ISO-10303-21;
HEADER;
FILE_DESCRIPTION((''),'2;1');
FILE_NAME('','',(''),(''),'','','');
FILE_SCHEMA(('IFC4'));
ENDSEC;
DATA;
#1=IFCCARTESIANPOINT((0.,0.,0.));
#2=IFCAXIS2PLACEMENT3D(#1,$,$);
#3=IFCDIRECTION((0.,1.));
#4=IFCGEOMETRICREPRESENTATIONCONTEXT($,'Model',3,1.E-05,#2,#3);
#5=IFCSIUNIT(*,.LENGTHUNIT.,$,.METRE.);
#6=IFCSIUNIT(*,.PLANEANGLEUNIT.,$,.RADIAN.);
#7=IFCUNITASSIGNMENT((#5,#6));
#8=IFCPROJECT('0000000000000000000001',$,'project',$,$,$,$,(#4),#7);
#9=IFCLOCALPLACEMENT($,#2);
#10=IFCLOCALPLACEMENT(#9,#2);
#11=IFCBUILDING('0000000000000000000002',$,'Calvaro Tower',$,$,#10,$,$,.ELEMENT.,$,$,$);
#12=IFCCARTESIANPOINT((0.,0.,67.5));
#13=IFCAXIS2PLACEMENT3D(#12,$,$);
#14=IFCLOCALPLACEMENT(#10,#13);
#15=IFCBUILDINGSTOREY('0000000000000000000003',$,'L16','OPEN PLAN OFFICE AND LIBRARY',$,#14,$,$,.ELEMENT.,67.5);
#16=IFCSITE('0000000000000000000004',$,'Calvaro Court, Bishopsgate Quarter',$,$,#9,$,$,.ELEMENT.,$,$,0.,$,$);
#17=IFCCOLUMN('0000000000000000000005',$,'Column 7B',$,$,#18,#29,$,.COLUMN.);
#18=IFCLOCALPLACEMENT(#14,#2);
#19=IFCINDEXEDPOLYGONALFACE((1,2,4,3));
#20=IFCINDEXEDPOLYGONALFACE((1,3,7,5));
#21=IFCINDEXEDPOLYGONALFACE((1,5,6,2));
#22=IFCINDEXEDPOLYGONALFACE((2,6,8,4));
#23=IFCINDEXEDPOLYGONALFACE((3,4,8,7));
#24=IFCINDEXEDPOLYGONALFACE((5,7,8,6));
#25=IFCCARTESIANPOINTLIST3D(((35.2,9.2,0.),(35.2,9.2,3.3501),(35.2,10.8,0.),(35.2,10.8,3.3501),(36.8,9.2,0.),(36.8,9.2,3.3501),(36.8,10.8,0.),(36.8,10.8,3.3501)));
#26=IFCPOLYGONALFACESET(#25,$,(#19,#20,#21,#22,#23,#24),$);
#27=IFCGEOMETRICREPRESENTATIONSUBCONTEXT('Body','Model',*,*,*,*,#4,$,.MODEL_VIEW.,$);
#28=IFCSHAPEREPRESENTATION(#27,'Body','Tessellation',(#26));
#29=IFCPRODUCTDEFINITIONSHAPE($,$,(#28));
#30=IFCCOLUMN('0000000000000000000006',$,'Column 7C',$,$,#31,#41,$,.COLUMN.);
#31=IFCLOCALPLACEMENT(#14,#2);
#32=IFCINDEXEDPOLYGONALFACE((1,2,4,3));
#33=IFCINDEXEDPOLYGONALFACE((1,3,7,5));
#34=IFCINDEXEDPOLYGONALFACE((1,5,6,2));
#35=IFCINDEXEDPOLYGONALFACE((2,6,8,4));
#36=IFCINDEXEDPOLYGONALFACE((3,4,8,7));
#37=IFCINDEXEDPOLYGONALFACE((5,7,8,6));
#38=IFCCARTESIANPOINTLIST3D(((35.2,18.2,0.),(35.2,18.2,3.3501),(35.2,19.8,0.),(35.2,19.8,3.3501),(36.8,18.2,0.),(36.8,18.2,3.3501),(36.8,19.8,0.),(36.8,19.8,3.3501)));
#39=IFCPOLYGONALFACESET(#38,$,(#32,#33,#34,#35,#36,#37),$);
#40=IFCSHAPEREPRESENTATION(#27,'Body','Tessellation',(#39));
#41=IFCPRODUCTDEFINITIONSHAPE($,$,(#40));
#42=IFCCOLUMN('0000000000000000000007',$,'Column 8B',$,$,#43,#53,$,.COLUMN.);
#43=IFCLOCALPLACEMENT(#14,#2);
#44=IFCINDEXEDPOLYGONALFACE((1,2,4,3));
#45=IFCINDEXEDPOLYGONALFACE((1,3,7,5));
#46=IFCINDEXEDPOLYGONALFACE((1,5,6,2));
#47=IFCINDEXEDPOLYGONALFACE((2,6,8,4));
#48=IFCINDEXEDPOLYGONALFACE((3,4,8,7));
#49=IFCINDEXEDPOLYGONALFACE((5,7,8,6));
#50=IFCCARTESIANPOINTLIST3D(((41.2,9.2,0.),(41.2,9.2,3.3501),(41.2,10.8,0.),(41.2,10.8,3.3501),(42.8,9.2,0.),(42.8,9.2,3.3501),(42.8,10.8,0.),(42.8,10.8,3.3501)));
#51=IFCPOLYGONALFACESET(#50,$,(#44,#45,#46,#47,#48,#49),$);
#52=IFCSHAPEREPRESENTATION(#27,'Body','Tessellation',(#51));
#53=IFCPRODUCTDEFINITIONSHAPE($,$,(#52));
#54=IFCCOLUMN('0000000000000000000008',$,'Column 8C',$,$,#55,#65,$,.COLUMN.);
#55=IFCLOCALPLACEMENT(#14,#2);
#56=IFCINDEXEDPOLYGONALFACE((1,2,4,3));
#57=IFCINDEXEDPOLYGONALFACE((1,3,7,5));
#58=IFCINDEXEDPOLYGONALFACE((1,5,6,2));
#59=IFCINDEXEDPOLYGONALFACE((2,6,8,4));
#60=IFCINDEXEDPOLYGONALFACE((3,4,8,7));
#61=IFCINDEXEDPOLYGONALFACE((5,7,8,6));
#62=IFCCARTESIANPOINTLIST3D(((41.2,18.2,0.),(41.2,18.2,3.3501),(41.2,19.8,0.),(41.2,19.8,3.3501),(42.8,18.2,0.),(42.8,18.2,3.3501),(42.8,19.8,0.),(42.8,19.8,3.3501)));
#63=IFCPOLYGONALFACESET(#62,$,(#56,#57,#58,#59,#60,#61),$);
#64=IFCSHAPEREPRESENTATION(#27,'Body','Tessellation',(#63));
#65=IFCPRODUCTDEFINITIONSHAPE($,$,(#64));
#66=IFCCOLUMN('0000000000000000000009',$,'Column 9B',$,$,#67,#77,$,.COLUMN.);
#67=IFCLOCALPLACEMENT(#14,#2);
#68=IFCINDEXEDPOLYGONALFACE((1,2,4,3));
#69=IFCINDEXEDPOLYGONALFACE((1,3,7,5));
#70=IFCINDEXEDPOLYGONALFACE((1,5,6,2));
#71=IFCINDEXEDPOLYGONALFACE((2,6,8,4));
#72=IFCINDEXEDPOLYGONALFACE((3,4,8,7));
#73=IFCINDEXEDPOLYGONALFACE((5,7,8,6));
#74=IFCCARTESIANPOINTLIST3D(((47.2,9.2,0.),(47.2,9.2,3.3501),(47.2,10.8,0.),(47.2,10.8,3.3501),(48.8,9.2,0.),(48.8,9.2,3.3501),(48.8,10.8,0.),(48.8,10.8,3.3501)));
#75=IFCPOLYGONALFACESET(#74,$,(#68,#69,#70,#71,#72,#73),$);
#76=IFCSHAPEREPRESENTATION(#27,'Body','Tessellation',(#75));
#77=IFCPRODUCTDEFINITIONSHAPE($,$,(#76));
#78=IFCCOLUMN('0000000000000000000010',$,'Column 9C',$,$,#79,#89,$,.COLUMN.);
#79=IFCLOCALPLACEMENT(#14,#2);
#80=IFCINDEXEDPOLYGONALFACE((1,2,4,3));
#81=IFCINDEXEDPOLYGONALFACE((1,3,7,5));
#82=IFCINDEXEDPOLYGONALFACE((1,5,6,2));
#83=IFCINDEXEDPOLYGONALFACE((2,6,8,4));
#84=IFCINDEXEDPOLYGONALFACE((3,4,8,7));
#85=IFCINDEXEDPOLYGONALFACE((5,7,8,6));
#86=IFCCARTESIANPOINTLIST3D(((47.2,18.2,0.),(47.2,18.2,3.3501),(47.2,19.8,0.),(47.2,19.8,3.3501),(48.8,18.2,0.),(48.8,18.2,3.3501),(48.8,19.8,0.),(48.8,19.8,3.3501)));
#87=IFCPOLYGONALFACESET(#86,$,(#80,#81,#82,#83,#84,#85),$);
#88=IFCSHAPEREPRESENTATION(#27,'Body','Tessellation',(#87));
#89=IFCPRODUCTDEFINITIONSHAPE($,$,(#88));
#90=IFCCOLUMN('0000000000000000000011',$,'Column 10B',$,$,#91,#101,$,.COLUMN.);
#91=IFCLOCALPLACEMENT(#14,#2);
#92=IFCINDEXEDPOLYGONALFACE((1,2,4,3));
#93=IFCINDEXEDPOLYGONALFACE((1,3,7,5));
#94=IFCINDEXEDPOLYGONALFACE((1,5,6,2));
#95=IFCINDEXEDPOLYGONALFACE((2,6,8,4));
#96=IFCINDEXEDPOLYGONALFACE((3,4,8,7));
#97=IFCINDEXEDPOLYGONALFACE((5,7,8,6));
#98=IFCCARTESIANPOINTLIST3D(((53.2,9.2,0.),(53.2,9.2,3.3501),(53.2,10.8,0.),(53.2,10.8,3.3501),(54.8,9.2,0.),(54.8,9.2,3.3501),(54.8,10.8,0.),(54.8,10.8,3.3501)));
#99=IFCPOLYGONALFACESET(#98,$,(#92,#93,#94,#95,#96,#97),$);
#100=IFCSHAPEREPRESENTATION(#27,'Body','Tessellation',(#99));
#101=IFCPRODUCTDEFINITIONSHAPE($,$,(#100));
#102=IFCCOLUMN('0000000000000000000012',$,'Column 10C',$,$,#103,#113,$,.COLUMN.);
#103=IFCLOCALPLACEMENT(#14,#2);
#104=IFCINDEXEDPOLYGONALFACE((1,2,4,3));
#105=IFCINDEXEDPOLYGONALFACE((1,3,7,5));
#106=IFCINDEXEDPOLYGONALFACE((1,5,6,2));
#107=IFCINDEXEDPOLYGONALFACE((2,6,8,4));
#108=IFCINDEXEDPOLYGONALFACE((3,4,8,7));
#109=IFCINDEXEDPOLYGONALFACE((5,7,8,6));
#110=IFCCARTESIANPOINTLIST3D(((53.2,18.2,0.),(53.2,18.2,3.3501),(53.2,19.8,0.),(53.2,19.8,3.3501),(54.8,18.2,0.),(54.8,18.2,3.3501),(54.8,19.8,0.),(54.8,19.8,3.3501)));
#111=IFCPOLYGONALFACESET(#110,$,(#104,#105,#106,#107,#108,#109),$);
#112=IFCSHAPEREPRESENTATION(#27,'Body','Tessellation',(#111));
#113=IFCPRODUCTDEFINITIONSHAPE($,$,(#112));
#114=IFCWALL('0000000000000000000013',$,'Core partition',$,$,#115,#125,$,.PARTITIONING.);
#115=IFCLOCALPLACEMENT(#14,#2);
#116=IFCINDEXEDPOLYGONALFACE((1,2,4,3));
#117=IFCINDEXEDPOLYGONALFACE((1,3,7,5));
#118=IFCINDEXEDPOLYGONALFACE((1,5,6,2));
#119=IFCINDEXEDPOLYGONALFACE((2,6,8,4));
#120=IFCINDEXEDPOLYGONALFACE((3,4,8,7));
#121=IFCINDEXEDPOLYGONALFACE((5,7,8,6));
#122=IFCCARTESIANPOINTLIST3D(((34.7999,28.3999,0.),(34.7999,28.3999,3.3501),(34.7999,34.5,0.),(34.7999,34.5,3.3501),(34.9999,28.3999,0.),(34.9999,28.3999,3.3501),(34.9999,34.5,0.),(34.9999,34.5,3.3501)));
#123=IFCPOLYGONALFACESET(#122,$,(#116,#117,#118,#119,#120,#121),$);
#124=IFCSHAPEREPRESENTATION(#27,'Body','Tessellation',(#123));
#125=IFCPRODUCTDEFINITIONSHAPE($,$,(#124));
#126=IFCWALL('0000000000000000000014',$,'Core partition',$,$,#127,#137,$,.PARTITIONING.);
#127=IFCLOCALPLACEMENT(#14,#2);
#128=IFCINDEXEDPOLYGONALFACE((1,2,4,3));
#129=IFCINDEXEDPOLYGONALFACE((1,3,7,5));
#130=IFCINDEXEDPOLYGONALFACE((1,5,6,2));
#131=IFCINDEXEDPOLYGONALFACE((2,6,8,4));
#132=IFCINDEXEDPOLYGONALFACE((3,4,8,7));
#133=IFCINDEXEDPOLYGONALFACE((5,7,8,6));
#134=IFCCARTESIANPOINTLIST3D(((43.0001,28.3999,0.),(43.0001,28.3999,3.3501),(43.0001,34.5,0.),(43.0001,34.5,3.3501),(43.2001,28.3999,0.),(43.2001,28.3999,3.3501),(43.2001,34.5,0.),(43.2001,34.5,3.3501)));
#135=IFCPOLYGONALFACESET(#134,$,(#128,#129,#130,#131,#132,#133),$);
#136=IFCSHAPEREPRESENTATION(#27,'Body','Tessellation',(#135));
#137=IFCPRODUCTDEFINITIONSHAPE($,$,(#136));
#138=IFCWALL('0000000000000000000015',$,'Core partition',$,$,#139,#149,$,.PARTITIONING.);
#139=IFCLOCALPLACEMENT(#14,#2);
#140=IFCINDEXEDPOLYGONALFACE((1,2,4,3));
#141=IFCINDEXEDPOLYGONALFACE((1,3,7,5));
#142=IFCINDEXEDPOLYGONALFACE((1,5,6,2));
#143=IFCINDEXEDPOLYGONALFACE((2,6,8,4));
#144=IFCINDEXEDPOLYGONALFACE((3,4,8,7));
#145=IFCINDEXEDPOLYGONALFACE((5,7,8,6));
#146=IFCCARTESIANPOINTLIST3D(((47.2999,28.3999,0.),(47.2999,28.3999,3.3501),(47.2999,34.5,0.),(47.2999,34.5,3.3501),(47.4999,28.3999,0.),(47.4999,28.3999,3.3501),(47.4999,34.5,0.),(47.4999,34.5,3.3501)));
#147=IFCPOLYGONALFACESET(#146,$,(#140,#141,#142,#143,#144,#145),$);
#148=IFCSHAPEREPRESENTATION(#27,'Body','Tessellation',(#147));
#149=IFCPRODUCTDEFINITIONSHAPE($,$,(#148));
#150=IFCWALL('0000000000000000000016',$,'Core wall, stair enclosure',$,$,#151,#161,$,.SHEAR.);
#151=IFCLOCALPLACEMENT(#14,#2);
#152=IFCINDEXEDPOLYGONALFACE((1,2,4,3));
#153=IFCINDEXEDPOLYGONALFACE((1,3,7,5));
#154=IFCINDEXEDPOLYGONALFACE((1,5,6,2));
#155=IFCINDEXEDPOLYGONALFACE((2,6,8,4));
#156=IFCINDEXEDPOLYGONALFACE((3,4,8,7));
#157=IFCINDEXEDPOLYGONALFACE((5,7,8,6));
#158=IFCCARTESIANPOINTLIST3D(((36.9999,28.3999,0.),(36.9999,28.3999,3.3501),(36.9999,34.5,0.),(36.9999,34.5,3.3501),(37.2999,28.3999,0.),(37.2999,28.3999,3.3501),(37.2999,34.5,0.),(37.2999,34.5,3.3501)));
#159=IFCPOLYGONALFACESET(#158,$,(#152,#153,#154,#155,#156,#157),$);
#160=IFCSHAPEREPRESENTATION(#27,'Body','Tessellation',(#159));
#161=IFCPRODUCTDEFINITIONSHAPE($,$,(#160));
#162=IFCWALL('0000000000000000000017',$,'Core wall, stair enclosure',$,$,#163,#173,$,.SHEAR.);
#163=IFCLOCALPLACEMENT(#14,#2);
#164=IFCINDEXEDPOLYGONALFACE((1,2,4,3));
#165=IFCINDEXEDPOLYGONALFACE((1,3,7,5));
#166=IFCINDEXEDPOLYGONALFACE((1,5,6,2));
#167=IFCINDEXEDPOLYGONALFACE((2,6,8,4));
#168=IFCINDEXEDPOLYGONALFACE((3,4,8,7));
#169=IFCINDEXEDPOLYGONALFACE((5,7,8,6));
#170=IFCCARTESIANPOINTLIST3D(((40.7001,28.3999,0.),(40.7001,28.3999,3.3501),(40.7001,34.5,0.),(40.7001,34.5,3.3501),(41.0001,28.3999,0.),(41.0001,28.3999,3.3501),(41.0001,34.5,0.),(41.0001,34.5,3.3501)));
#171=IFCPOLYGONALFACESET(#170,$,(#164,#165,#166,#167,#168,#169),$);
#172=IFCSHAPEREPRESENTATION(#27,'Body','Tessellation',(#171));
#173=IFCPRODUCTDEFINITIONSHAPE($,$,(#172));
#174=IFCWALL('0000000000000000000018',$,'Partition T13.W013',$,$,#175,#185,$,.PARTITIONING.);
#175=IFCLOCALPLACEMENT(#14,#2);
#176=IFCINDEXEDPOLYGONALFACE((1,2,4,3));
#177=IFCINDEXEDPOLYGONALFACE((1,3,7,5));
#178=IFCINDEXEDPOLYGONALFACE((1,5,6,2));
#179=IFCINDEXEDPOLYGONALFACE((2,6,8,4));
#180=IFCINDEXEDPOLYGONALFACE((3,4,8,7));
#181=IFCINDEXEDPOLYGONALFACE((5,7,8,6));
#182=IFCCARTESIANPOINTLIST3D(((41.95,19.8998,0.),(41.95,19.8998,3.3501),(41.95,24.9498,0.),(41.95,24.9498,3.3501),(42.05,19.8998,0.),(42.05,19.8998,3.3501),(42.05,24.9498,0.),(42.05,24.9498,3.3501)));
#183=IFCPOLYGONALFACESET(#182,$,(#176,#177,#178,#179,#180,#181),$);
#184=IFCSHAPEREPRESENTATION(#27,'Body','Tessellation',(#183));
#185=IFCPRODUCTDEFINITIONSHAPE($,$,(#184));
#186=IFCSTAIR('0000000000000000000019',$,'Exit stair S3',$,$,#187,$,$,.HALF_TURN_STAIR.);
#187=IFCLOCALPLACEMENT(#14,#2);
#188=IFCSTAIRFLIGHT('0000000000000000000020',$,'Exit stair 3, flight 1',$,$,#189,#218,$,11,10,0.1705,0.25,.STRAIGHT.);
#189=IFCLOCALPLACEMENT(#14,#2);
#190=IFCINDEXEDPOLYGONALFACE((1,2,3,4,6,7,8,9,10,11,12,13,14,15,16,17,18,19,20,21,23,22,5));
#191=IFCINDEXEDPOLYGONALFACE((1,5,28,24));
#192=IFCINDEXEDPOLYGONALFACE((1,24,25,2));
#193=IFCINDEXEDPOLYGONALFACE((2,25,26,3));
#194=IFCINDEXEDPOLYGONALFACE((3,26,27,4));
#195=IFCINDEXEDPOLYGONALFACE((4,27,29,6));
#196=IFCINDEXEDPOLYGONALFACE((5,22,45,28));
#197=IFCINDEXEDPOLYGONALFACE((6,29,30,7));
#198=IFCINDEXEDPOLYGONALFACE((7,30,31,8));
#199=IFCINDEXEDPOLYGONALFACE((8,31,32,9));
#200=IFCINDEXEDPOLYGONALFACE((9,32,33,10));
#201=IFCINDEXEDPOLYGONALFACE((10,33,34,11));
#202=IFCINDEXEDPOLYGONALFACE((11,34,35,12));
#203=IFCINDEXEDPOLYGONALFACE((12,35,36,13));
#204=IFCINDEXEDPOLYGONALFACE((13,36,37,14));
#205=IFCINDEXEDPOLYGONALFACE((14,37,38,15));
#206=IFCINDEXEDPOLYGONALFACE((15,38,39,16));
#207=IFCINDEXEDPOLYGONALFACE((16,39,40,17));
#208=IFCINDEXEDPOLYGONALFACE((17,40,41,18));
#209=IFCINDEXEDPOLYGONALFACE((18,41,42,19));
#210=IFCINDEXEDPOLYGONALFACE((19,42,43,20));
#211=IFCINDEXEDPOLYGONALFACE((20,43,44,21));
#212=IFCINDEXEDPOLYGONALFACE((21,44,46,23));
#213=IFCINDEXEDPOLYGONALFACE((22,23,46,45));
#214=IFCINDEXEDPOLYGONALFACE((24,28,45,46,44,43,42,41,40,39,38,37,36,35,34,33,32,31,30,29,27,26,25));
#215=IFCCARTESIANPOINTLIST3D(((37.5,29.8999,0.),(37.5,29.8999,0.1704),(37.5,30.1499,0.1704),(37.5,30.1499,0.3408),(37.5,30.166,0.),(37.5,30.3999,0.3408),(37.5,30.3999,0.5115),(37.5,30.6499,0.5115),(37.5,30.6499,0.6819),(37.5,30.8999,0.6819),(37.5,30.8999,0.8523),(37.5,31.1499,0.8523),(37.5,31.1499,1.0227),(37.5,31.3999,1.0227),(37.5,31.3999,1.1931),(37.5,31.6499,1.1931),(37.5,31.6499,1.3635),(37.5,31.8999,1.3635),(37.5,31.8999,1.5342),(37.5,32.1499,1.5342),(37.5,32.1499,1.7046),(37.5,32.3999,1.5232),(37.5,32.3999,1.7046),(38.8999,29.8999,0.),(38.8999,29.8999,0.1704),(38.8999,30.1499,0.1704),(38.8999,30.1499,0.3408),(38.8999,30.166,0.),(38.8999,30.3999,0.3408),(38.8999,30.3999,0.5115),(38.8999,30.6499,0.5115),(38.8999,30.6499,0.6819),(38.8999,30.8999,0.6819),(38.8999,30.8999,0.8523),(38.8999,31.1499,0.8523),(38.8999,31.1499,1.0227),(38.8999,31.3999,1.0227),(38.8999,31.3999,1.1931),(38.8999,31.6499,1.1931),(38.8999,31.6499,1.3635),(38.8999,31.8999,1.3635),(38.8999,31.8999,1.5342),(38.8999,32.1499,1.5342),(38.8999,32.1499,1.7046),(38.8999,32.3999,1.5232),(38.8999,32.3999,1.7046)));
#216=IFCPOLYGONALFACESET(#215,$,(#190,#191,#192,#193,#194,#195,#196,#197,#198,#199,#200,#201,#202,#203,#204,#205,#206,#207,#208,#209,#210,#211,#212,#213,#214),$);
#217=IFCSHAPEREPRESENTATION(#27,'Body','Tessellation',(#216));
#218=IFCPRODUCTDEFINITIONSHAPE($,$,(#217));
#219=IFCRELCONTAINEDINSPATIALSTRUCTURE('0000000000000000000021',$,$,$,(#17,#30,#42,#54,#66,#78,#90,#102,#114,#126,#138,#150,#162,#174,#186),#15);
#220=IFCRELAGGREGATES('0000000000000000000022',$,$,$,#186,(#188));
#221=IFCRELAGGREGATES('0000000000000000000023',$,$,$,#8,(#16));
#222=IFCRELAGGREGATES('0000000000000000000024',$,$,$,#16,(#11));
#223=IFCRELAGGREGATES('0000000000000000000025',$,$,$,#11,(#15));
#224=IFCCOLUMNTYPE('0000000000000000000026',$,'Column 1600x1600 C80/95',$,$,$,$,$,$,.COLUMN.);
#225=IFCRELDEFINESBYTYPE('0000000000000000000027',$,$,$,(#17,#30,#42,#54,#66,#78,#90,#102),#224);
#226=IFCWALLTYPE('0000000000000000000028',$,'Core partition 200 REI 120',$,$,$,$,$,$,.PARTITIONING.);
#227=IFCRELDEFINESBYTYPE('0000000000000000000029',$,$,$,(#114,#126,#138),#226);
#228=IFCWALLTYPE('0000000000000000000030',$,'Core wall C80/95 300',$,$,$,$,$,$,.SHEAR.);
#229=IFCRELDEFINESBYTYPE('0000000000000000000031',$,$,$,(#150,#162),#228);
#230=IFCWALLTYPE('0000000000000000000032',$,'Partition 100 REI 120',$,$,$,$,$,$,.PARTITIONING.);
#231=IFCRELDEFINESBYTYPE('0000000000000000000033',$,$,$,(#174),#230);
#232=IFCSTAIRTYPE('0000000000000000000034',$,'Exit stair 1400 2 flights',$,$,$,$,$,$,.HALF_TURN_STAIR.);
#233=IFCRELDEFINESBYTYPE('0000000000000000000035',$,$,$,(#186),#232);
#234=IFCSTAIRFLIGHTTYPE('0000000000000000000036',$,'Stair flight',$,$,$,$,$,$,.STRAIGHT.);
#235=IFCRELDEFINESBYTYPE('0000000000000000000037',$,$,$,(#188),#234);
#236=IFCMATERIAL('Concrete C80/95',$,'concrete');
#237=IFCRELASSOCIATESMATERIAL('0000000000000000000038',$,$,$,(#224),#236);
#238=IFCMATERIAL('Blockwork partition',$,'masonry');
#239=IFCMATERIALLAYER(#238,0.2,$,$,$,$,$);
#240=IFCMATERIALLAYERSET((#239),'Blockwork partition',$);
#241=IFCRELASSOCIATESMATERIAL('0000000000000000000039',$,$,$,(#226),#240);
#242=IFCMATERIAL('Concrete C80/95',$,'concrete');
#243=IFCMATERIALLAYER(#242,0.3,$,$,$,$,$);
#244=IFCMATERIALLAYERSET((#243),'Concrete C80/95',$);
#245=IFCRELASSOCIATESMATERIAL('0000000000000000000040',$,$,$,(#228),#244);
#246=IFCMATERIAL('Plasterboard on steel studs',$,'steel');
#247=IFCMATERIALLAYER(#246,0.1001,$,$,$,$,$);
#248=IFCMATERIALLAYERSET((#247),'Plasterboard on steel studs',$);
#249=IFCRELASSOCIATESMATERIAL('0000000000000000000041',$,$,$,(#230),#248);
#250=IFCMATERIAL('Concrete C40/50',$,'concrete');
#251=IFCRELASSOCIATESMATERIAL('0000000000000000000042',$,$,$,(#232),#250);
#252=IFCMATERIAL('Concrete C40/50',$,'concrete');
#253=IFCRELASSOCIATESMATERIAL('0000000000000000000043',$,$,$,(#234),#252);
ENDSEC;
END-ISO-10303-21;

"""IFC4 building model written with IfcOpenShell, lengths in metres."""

from ifc_helpers import new_model, si_unit, direction, frame, frame_2d, origin, origin_2d, place, context, subcontext, project, spatial, polyline, rectangle, outline, extrude, material, layer, layer_set, material_profile, profile_set, type_object, element, aggregate, save


model = new_model("IFC4")

# Units and contexts
model_context = context("Model", 3, precision=1e-05, world=origin(), true_north=direction((0.0, 1.0)))
body_context = subcontext(model_context, "Body", "Model", "MODEL_VIEW")
ifc_project = project(units=[si_unit("LENGTHUNIT", "METRE"), si_unit("PLANEANGLEUNIT", "RADIAN")], contexts=[model_context])

# Site, building, storey
site_placement = place(None, origin())
site = spatial("IfcSite", under=ifc_project, at=site_placement, Name="Calvaro Court, Bishopsgate Quarter", CompositionType="ELEMENT", RefElevation=0.0)
building_placement = place(site_placement, origin())
building = spatial("IfcBuilding", under=site, at=building_placement, Name="Calvaro Tower", CompositionType="ELEMENT")
storey_placement = place(building_placement, frame((0.0, 0.0, 67.5)))
storey = spatial("IfcBuildingStorey", under=building, at=storey_placement, Name="L16", Description="OPEN PLAN OFFICE AND LIBRARY", CompositionType="ELEMENT", Elevation=67.5)

# Columns
ifc_material_1 = material(Name="Concrete C80/95", Category="concrete")
ifc_material_profile = material_profile(ifc_material_1, rectangle(XDim=1.6001, YDim=1.6001, at=origin_2d()), Name="RC 1600x1600")
ifc_profile_set = profile_set([ifc_material_profile], Name="Concrete C80/95")
column_type = type_object("IfcColumnType", Name="Column 1600x1600 C80/95", PredefinedType="COLUMN", material=ifc_profile_set)
for number, where, z_axis, x_axis, name in (
    (1, (36.0, 10.0, 0.0), (0.0, 0.0, 1.0), (1.0, 0.0, 0.0), "Column 7B"),
    (2, (36.0, 19.0, 0.0), (0.0, 0.0, 1.0), (1.0, 0.0, 0.0), "Column 7C"),
    (3, (42.0, 10.0, 0.0), (0.0, 0.0, 1.0), (1.0, 0.0, 0.0), "Column 8B"),
    (4, (42.0, 19.0, 0.0), (0.0, 0.0, 1.0), (1.0, 0.0, 0.0), "Column 8C"),
    (5, (48.0, 10.0, 0.0), (0.0, 0.0, 1.0), (1.0, 0.0, 0.0), "Column 9B"),
    (6, (48.0, 19.0, 0.0), (0.0, 0.0, 1.0), (1.0, 0.0, 0.0), "Column 9C"),
    (7, (54.0, 10.0, 0.0), (0.0, 0.0, 1.0), (1.0, 0.0, 0.0), "Column 10B"),
    (8, (54.0, 19.0, 0.0), (0.0, 0.0, 1.0), (1.0, 0.0, 0.0), "Column 10C"),
):
    element("IfcColumn", number, at=place(storey_placement, frame(where, z_axis=z_axis, x_axis=x_axis)), inside=storey, type_object=column_type, Name=name, PredefinedType="COLUMN", context=body_context, shape_type="SweptSolid", body=[
        extrude(rectangle(XDim=1.6001, YDim=1.6001, at=origin_2d()), origin(), (0.0, 0.0, 1.0), 3.3501),
    ])

# Walls
ifc_material_2 = material(Name="Blockwork partition", Category="masonry")
ifc_layer_1 = layer(ifc_material_2, 0.2)
ifc_layer_set_1 = layer_set([ifc_layer_1], Name="Blockwork partition")
wall_type_1 = type_object("IfcWallType", Name="Core partition 200 REI 120", PredefinedType="PARTITIONING", material=ifc_layer_set_1)
for number, where, z_axis, x_axis, name in (
    (9, (34.8999, 28.3999, 0.0), (0.0, 0.0, 1.0), (0.0, 1.0, 0.0), "Core partition"),
    (10, (43.1001, 28.3999, 0.0), (0.0, 0.0, 1.0), (0.0, 1.0, 0.0), "Core partition"),
    (11, (47.3999, 28.3999, 0.0), (0.0, 0.0, 1.0), (0.0, 1.0, 0.0), "Core partition"),
):
    element("IfcWall", number, at=place(storey_placement, frame(where, z_axis=z_axis, x_axis=x_axis)), inside=storey, type_object=wall_type_1, Name=name, PredefinedType="PARTITIONING", context=body_context, shape_type="SweptSolid", body=[
        extrude(rectangle(XDim=6.1001, YDim=0.2, at=frame_2d((3.05, 0.0))), origin(), (0.0, 0.0, 1.0), 3.3501),
    ])
ifc_material_3 = material(Name="Concrete C80/95", Category="concrete")
ifc_layer_2 = layer(ifc_material_3, 0.3)
ifc_layer_set_2 = layer_set([ifc_layer_2], Name="Concrete C80/95")
wall_type_2 = type_object("IfcWallType", Name="Core wall C80/95 300", PredefinedType="SHEAR", material=ifc_layer_set_2)
for number, where, z_axis, x_axis, name in (
    (12, (37.1499, 28.3999, 0.0), (0.0, 0.0, 1.0), (0.0, 1.0, 0.0), "Core wall, stair enclosure"),
    (13, (40.8501, 28.3999, 0.0), (0.0, 0.0, 1.0), (0.0, 1.0, 0.0), "Core wall, stair enclosure"),
):
    element("IfcWall", number, at=place(storey_placement, frame(where, z_axis=z_axis, x_axis=x_axis)), inside=storey, type_object=wall_type_2, Name=name, PredefinedType="SHEAR", context=body_context, shape_type="SweptSolid", body=[
        extrude(rectangle(XDim=6.1001, YDim=0.3, at=frame_2d((3.05, 0.0))), origin(), (0.0, 0.0, 1.0), 3.3501),
    ])
ifc_material_4 = material(Name="Plasterboard on steel studs", Category="steel")
ifc_layer_3 = layer(ifc_material_4, 0.1001)
ifc_layer_set_3 = layer_set([ifc_layer_3], Name="Plasterboard on steel studs")
wall_type_3 = type_object("IfcWallType", Name="Partition 100 REI 120", PredefinedType="PARTITIONING", material=ifc_layer_set_3)
wall_placement = place(storey_placement, frame((42.0, 19.8999, 0.0), z_axis=(0.0, 0.0, 1.0), x_axis=(0.0, 1.0, 0.0)))
element("IfcWall", 14, at=wall_placement, inside=storey, type_object=wall_type_3, Name="Partition T13.W013", PredefinedType="PARTITIONING", context=body_context, shape_type="SweptSolid", body=[
    extrude(rectangle(XDim=5.05, YDim=0.1001, at=frame_2d((2.5249, 0.0))), origin(), (0.0, 0.0, 1.0), 3.3501),
])

# Stair, stair flight
ifc_material_5 = material(Name="Concrete C40/50", Category="concrete")
stair_type = type_object("IfcStairType", Name="Exit stair 1400 2 flights", PredefinedType="HALF_TURN_STAIR", material=ifc_material_5)
stair_1_placement = place(storey_placement, origin())
stair_1 = element("IfcStair", 15, at=stair_1_placement, inside=storey, type_object=stair_type, Name="Exit stair S3", PredefinedType="HALF_TURN_STAIR")
ifc_material_6 = material(Name="Concrete C40/50", Category="concrete")
stair_flight_type = type_object("IfcStairFlightType", Name="Stair flight", PredefinedType="STRAIGHT", material=ifc_material_6)
stair_flight_1_placement = place(storey_placement, frame((38.2, 29.8999, 0.0), z_axis=(0.0, 0.0, 1.0), x_axis=(0.0, 1.0, 0.0)))
stair_flight_1 = element("IfcStairFlight", 16, at=stair_flight_1_placement, type_object=stair_flight_type, Name="Exit stair 3, flight 1", NumberOfRisers=11, NumberOfTreads=10, PredefinedType="STRAIGHT", RiserHeight=0.1705, TreadLength=0.25, context=body_context, shape_type="SweptSolid", body=[
    extrude(outline(polyline([(0.0, 0.0), (0.0, 0.1704), (0.25, 0.1704), (0.25, 0.3408), (0.5, 0.3408), (0.5, 0.5115), (0.75, 0.5115), (0.75, 0.6819), (1.0, 0.6819), (1.0, 0.8523), (1.25, 0.8523), (1.25, 1.0227), (1.5, 1.0227), (1.5, 1.1931), (1.75, 1.1931), (1.75, 1.3635), (2.0, 1.3635), (2.0, 1.5342), (2.25, 1.5342), (2.25, 1.7046), (2.5, 1.7046), (2.5, 1.875), (2.5, 1.5232), (0.2661, 0.0), (0.0, 0.0)])), frame((0.0, 0.7, 0.0), z_axis=(0.0, -1.0, 0.0), x_axis=(1.0, 0.0, 0.0)), (0.0, 0.0, 1.0), 1.3999),
])

aggregate(stair_1, [stair_flight_1])

save(model, "model.ifc")
